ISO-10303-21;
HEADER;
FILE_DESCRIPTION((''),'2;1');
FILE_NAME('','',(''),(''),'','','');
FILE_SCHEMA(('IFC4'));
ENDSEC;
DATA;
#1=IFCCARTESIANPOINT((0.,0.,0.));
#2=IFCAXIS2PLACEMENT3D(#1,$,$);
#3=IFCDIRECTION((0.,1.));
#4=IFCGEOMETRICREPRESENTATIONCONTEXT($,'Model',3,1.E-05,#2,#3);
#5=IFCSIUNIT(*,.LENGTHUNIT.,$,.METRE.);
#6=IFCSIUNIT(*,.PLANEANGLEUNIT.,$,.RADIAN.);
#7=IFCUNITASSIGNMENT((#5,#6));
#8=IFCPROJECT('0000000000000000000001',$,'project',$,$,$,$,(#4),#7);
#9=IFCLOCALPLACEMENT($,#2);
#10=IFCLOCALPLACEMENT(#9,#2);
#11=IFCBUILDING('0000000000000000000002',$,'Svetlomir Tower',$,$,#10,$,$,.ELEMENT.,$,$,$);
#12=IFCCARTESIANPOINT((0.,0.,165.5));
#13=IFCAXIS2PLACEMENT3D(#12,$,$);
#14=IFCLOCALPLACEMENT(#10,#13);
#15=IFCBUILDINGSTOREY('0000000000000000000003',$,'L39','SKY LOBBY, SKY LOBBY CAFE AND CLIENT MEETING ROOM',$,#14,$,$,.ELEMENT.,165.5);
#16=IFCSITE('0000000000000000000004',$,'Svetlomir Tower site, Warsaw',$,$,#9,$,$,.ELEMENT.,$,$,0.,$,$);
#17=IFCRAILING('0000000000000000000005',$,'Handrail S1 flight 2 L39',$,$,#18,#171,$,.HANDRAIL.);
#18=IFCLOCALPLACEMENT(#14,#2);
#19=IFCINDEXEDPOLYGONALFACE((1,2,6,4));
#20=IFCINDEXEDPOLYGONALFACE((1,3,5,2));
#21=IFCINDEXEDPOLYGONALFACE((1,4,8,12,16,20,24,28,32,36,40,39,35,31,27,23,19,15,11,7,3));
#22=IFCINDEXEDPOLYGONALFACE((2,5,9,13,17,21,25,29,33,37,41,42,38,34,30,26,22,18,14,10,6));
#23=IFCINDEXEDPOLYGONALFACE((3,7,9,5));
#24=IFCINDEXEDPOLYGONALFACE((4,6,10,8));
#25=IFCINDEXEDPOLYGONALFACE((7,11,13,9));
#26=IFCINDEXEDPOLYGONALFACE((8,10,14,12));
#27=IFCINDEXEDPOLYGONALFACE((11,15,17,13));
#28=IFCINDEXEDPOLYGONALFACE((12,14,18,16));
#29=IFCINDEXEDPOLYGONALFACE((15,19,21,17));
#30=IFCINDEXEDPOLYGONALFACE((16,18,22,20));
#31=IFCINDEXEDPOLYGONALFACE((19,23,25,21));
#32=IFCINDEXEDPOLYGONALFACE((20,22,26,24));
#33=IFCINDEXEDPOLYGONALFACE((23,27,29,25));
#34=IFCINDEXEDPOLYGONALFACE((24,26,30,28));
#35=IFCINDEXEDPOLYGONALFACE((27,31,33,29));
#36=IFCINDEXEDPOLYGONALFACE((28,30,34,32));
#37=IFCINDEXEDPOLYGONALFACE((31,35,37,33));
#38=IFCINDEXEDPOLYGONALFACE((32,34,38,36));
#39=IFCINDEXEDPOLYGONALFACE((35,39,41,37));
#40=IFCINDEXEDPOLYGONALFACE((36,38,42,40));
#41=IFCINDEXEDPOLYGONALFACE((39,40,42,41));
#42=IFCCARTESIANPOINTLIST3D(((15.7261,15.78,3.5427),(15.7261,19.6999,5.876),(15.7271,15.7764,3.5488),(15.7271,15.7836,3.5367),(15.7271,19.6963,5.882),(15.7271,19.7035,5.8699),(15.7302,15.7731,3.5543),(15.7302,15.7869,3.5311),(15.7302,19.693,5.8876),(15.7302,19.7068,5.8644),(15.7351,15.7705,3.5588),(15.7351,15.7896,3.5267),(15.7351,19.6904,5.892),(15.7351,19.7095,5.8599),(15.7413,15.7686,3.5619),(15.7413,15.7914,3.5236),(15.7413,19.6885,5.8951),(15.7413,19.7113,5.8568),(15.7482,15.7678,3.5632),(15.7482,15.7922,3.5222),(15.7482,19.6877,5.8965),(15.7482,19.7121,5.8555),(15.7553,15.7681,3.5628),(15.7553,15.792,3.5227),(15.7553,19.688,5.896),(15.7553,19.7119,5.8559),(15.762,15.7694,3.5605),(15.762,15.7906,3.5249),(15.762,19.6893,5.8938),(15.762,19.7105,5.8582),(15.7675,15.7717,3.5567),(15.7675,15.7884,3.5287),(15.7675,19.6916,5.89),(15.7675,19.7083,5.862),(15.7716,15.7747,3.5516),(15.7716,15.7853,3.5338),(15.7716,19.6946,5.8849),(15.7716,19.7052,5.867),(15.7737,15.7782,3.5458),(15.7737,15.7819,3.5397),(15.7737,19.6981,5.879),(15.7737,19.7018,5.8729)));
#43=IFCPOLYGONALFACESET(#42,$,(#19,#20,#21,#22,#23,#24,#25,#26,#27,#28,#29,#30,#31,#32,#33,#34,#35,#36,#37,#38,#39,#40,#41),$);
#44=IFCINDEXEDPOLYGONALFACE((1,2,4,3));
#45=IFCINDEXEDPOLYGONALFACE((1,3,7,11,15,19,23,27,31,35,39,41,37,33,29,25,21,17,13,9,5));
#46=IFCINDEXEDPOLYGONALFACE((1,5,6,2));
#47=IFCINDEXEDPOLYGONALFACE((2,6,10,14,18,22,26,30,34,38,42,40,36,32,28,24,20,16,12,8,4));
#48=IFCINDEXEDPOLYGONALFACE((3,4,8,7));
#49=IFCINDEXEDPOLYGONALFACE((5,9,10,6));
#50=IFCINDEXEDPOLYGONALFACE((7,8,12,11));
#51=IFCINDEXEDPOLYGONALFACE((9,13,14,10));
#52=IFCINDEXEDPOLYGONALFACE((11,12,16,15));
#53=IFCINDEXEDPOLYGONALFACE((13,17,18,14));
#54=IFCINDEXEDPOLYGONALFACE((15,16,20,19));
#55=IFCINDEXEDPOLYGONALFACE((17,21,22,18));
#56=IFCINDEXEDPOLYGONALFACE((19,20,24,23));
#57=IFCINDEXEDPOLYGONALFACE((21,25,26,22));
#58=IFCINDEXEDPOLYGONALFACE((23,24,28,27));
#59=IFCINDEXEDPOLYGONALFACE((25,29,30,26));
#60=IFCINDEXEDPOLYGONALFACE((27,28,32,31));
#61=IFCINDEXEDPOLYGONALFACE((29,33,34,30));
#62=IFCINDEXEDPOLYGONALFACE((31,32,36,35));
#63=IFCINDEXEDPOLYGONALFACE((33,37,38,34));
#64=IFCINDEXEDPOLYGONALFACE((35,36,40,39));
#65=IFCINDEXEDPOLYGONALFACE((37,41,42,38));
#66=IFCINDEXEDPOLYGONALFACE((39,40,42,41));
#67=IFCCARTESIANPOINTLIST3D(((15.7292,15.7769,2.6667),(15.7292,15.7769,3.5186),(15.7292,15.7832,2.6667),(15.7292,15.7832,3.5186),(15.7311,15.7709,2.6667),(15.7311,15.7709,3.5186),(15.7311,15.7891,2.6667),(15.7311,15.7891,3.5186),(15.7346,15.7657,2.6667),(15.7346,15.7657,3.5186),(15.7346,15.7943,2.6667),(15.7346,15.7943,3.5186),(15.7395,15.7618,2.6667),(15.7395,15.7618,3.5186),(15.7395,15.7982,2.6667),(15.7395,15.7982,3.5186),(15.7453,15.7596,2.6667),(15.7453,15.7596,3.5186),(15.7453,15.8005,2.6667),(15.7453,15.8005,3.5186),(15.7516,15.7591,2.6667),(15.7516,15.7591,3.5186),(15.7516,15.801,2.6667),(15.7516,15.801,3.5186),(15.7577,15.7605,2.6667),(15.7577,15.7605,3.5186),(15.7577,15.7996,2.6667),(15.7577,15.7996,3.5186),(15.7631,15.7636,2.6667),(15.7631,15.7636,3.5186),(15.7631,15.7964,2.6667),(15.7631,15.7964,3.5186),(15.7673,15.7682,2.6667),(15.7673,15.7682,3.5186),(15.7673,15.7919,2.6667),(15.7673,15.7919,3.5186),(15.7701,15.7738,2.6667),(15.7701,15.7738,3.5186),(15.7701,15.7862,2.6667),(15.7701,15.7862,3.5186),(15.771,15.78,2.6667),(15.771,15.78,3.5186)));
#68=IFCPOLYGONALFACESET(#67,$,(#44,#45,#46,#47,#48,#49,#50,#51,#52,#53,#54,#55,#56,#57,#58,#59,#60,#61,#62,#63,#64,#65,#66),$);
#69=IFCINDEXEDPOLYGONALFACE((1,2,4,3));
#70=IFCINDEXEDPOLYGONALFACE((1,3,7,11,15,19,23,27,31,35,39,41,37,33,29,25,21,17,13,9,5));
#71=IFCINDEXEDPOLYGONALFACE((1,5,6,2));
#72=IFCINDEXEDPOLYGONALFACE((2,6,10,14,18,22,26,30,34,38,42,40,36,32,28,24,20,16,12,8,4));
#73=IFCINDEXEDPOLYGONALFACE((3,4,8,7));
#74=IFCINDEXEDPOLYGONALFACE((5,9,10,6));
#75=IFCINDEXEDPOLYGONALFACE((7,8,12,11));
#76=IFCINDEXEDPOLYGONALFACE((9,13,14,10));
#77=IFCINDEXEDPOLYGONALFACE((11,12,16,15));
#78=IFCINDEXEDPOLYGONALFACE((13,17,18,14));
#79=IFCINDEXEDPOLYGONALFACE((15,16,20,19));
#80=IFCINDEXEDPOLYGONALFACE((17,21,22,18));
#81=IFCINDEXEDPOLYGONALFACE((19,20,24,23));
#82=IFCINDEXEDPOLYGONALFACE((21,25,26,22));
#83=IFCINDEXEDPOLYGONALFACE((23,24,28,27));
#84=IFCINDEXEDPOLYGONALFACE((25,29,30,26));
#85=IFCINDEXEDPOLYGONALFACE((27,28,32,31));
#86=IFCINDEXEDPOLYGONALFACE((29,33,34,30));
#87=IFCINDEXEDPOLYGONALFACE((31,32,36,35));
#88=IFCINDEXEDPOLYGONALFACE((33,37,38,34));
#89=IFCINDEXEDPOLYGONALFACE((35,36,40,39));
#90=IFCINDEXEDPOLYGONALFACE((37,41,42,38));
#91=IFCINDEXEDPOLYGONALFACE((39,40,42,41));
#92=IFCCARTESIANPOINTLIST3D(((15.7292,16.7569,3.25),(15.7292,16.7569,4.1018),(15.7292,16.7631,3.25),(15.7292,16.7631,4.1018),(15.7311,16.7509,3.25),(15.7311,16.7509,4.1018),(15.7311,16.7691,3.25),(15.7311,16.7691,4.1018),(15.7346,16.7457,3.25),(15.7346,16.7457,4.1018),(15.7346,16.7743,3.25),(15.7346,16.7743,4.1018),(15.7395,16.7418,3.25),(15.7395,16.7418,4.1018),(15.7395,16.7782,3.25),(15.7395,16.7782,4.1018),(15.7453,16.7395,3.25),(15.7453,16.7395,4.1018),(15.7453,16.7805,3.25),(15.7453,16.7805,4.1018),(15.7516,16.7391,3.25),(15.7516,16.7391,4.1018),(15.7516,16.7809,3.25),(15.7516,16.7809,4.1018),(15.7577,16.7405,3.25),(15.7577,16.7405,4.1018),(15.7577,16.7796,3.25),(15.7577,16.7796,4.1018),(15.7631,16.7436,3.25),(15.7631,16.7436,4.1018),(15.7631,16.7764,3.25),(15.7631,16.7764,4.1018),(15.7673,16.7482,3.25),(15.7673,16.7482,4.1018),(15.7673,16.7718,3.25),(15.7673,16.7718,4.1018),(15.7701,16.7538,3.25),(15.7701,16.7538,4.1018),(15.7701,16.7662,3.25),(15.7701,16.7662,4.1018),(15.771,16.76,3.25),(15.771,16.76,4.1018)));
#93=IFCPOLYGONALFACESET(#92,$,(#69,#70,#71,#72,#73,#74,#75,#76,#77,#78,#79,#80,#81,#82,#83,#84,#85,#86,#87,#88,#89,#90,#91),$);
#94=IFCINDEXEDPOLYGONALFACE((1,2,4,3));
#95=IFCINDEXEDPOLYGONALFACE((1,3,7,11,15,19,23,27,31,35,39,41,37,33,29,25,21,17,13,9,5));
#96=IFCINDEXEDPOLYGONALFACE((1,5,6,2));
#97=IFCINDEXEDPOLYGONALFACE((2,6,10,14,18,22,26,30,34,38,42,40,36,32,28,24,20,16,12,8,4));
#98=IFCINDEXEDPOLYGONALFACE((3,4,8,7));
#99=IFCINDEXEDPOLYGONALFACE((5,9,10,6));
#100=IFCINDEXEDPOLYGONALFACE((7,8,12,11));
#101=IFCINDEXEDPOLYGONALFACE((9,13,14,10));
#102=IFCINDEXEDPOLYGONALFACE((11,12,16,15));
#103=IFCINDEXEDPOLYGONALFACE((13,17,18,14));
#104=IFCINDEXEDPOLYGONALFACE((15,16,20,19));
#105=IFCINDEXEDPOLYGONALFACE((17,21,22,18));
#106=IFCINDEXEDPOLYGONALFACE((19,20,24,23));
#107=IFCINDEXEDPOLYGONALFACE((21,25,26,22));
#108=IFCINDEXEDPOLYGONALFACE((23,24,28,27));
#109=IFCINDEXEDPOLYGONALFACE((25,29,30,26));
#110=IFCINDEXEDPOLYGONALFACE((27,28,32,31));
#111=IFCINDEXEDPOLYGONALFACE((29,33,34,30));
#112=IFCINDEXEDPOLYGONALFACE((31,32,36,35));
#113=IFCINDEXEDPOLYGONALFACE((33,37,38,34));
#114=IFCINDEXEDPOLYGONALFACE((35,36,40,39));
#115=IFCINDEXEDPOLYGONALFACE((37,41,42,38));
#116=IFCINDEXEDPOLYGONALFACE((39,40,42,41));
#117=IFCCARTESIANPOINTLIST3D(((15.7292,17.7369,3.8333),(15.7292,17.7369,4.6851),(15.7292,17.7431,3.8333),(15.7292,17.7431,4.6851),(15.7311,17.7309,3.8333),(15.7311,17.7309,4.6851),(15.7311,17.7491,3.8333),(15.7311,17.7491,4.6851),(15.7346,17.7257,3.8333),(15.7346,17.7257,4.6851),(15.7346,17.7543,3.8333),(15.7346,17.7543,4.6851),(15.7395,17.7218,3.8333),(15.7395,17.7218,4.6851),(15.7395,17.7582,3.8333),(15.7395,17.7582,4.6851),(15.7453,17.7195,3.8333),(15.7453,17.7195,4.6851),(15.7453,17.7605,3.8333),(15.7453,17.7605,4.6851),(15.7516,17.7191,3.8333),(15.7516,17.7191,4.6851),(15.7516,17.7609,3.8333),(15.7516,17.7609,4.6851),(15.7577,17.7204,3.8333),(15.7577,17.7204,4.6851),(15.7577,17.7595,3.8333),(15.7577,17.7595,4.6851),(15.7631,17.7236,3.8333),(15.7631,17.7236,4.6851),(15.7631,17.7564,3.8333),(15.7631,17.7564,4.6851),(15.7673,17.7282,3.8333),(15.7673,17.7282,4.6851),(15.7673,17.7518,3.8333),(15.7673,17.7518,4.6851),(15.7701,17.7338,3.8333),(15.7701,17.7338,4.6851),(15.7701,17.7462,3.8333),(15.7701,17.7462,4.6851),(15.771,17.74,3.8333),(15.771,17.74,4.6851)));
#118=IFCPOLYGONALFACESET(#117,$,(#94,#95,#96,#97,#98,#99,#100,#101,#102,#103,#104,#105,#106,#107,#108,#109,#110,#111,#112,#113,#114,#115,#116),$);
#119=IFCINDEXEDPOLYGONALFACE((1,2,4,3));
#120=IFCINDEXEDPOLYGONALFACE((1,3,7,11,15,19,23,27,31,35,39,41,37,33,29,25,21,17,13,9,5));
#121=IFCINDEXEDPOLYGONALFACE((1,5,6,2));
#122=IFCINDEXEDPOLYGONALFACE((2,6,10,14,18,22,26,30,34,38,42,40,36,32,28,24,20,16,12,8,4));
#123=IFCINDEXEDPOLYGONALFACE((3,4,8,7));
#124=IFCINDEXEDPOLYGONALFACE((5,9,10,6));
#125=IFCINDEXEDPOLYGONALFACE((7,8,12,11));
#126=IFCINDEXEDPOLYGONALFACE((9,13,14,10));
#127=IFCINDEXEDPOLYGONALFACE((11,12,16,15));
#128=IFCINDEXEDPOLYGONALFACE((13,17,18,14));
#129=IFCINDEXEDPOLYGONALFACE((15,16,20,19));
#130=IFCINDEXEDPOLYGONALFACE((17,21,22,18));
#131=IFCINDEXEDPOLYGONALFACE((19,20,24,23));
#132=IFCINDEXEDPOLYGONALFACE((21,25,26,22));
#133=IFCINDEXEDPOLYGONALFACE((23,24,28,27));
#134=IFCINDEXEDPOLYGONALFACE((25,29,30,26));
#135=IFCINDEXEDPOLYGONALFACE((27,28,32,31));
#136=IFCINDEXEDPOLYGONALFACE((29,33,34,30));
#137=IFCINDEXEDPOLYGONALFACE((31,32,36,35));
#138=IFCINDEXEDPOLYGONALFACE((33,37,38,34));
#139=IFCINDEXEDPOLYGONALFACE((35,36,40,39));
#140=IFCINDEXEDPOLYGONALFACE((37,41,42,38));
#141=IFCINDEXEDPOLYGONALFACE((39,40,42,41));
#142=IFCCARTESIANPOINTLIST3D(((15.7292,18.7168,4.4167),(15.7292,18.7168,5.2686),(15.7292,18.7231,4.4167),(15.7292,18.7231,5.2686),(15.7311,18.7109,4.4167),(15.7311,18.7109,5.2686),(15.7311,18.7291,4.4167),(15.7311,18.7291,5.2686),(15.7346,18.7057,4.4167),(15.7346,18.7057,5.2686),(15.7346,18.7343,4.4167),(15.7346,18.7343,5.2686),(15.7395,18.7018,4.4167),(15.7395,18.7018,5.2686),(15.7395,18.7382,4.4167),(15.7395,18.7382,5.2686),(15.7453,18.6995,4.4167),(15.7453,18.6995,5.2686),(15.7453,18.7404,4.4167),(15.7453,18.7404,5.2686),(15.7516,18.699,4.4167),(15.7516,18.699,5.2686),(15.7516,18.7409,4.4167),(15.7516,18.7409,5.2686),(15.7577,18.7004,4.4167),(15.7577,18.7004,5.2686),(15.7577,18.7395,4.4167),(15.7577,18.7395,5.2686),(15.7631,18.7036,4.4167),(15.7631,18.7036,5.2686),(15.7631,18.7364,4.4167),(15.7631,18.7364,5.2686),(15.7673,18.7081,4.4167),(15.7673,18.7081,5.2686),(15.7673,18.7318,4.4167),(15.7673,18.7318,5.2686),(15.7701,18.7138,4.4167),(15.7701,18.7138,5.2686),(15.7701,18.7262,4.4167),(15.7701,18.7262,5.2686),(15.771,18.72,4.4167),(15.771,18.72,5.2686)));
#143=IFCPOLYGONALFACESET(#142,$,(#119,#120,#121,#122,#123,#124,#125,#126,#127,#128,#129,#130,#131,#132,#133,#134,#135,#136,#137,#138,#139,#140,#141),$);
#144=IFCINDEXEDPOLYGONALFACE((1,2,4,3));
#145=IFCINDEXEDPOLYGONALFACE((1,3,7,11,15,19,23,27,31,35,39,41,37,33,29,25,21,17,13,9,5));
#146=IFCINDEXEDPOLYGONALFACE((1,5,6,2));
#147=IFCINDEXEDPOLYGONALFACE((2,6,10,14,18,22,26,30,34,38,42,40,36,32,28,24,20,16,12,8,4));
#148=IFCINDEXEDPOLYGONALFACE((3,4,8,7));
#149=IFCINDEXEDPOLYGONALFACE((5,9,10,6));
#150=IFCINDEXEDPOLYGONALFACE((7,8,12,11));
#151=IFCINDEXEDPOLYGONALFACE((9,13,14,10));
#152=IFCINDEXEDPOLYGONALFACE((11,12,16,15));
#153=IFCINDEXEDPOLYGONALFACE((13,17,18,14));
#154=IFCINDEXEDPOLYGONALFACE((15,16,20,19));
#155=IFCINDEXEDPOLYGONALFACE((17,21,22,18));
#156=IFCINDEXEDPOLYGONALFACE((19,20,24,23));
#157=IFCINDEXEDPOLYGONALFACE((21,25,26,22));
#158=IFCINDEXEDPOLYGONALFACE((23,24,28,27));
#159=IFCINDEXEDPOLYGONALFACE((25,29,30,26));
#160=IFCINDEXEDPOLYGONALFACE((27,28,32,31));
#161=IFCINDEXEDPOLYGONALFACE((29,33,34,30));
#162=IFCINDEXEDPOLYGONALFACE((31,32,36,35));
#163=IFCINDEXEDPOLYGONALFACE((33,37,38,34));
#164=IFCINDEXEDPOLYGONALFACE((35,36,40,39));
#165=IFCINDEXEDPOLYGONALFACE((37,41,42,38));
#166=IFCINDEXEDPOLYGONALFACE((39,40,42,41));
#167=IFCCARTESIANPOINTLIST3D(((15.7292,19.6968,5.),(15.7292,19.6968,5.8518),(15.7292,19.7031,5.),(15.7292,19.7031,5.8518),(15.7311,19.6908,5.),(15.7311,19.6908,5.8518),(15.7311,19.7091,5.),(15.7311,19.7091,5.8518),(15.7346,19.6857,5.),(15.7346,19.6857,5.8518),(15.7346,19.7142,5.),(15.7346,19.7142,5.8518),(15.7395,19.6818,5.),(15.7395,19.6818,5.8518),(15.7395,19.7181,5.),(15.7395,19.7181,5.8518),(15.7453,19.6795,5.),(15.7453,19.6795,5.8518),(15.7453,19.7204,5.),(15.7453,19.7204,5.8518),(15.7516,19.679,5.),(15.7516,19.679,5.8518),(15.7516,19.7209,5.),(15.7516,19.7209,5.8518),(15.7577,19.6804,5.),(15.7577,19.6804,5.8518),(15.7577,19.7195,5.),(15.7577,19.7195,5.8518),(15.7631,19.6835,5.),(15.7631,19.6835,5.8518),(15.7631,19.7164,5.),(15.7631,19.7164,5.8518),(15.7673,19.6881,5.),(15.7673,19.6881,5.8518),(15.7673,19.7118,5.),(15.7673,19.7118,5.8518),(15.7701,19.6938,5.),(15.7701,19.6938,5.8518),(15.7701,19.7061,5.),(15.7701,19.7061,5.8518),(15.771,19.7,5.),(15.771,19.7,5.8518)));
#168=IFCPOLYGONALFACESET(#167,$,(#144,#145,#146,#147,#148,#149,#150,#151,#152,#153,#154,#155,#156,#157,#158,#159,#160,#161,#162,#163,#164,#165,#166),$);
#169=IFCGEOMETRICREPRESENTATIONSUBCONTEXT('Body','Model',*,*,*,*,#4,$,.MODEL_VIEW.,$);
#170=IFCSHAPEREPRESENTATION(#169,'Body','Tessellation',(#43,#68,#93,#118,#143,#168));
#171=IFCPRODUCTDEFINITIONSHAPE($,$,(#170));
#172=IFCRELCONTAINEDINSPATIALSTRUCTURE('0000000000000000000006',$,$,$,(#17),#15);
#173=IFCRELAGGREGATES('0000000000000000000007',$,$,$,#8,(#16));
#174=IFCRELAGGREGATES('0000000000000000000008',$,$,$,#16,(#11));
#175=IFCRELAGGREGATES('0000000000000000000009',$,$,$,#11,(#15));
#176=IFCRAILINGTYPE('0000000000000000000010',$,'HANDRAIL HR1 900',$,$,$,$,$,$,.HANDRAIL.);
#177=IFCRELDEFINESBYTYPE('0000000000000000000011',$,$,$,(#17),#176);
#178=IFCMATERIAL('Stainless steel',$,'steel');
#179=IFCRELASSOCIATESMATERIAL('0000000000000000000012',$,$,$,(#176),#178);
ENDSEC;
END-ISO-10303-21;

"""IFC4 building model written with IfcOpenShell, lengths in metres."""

from ifc_helpers import new_model, si_unit, direction, frame, origin, origin_2d, place, context, subcontext, project, spatial, circle, extrude, material, type_object, element, save


model = new_model("IFC4")

# Units and contexts
model_context = context("Model", 3, precision=1e-05, world=origin(), true_north=direction((0.0, 1.0)))
body_context = subcontext(model_context, "Body", "Model", "MODEL_VIEW")
ifc_project = project(units=[si_unit("LENGTHUNIT", "METRE"), si_unit("PLANEANGLEUNIT", "RADIAN")], contexts=[model_context])

# Site, building, storey
site_placement = place(None, origin())
site = spatial("IfcSite", under=ifc_project, at=site_placement, Name="Svetlomir Tower site, Warsaw", CompositionType="ELEMENT", RefElevation=0.0)
building_placement = place(site_placement, origin())
building = spatial("IfcBuilding", under=site, at=building_placement, Name="Svetlomir Tower", CompositionType="ELEMENT")
storey_placement = place(building_placement, frame((0.0, 0.0, 165.5)))
storey = spatial("IfcBuildingStorey", under=building, at=storey_placement, Name="L39", Description="SKY LOBBY, SKY LOBBY CAFE AND CLIENT MEETING ROOM", CompositionType="ELEMENT", Elevation=165.5)

# Railing
ifc_material_1 = material(Name="Stainless steel", Category="steel")
railing_type = type_object("IfcRailingType", Name="HANDRAIL HR1 900", PredefinedType="HANDRAIL", material=ifc_material_1)
railing_1_placement = place(storey_placement, frame((15.75, 15.78, 2.6667)))
element("IfcRailing", 1, at=railing_1_placement, inside=storey, type_object=railing_type, Name="Handrail S1 flight 2 L39", PredefinedType="HANDRAIL", context=body_context, shape_type="SweptSolid", body=[
    extrude(circle(Radius=0.0239, at=origin_2d()), frame((0.0, 0.0, 0.876), z_axis=(0.0, 0.859296, 0.511478), x_axis=(-1.0, 0.0, 0.0)), (0.0, 0.0, 1.0), 4.5618),
    extrude(circle(Radius=0.021, at=origin_2d()), origin(), (0.0, 0.0, 1.0), 0.8518),
    extrude(circle(Radius=0.021, at=origin_2d()), frame((0.0, 0.98, 0.5833)), (0.0, 0.0, 1.0), 0.8518),
    extrude(circle(Radius=0.021, at=origin_2d()), frame((0.0, 1.96, 1.1665)), (0.0, 0.0, 1.0), 0.8518),
    extrude(circle(Radius=0.021, at=origin_2d()), frame((0.0, 2.9399, 1.75)), (0.0, 0.0, 1.0), 0.8518),
    extrude(circle(Radius=0.021, at=origin_2d()), frame((0.0, 3.9199, 2.3333)), (0.0, 0.0, 1.0), 0.8518),
])

save(model, "model.ifc")
